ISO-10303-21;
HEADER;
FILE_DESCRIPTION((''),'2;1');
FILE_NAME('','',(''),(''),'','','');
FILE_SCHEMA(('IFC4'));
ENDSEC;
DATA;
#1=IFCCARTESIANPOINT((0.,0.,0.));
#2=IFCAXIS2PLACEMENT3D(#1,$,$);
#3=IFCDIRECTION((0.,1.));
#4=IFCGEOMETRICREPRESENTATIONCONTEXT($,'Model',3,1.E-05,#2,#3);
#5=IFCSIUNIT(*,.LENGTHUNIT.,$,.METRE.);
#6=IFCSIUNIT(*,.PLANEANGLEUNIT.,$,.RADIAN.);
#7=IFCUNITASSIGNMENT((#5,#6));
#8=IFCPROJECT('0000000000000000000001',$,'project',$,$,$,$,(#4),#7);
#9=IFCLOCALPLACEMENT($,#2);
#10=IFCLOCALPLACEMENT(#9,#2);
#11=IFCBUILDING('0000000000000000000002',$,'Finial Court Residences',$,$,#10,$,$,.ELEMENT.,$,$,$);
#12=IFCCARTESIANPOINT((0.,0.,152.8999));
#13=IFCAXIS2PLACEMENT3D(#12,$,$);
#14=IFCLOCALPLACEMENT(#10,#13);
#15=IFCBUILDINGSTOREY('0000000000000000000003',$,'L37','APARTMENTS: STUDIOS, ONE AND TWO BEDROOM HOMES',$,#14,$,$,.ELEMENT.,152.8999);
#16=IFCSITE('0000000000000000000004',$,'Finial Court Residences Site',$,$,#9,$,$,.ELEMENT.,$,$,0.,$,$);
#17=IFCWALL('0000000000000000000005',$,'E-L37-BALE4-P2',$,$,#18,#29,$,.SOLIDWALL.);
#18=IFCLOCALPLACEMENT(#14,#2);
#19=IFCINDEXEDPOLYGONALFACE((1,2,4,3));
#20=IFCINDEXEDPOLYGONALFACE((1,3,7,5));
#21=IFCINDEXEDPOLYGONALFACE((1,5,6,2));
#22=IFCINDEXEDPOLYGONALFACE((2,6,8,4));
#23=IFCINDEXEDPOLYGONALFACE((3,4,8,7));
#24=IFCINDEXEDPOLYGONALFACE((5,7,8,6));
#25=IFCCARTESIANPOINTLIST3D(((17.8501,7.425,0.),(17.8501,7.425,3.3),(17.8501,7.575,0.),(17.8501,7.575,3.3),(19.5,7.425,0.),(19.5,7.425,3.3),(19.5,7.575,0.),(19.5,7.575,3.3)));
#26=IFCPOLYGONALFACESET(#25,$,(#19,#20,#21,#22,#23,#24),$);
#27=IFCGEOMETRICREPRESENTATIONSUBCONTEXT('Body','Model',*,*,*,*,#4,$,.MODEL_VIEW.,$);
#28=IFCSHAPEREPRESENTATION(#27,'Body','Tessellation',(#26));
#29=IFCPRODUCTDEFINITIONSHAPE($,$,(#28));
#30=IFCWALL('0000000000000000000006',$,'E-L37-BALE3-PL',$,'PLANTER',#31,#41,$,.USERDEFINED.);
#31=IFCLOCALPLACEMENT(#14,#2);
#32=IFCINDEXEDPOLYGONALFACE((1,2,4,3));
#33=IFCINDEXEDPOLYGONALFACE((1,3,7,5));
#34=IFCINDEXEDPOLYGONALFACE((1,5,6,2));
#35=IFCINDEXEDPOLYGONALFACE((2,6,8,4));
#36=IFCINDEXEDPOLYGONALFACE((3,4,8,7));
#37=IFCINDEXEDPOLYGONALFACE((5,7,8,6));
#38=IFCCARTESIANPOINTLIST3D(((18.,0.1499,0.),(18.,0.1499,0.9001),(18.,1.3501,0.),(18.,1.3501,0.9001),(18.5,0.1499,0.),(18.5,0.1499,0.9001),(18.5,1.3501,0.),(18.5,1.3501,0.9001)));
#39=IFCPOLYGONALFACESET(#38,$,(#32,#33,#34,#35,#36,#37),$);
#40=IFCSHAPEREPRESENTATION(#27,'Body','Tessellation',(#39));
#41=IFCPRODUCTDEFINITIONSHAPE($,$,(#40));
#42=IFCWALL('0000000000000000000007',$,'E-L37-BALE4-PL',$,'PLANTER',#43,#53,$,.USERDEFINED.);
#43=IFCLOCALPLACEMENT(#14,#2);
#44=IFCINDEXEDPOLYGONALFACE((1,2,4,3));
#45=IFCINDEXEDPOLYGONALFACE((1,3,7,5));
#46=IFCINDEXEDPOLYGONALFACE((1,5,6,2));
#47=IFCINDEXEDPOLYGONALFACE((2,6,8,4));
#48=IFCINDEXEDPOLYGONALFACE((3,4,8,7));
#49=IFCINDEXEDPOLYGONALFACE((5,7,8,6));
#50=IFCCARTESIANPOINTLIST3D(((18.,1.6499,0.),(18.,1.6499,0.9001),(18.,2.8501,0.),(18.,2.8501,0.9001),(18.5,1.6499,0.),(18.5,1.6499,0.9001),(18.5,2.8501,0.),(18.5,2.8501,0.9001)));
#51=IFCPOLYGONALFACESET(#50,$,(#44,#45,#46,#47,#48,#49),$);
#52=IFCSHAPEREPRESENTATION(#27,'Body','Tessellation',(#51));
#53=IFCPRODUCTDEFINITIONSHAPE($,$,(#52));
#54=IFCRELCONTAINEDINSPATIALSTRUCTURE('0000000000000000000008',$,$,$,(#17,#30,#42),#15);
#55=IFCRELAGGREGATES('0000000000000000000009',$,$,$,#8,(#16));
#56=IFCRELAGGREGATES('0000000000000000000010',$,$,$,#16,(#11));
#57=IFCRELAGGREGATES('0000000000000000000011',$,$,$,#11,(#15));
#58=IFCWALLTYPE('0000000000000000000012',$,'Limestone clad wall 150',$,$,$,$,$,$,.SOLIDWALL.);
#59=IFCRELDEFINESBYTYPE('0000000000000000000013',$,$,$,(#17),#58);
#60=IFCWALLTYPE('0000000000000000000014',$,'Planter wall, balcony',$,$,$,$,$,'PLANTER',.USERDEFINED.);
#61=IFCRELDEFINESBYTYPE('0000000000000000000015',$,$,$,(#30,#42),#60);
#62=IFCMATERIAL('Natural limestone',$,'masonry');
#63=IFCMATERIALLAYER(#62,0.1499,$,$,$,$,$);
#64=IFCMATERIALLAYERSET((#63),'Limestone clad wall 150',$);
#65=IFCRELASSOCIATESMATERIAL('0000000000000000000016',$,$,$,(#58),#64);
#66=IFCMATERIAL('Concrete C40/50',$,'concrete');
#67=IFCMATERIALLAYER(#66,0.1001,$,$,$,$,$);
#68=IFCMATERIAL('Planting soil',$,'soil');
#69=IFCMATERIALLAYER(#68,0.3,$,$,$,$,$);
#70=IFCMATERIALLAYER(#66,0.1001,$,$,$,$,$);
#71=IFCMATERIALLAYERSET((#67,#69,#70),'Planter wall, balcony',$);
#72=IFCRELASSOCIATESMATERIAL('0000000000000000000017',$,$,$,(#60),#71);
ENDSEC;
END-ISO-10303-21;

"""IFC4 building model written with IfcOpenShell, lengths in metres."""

from ifc_helpers import new_model, si_unit, direction, frame, frame_2d, origin, place, context, subcontext, project, spatial, rectangle, extrude, material, layer, layer_set, type_object, element, save


model = new_model("IFC4")

# Units and contexts
model_context = context("Model", 3, precision=1e-05, world=origin(), true_north=direction((0.0, 1.0)))
body_context = subcontext(model_context, "Body", "Model", "MODEL_VIEW")
ifc_project = project(units=[si_unit("LENGTHUNIT", "METRE"), si_unit("PLANEANGLEUNIT", "RADIAN")], contexts=[model_context])

# Site, building, storey
site_placement = place(None, origin())
site = spatial("IfcSite", under=ifc_project, at=site_placement, Name="Finial Court Residences Site", CompositionType="ELEMENT", RefElevation=0.0)
building_placement = place(site_placement, origin())
building = spatial("IfcBuilding", under=site, at=building_placement, Name="Finial Court Residences", CompositionType="ELEMENT")
storey_placement = place(building_placement, frame((0.0, 0.0, 152.8999)))
storey = spatial("IfcBuildingStorey", under=building, at=storey_placement, Name="L37", Description="APARTMENTS: STUDIOS, ONE AND TWO BEDROOM HOMES", CompositionType="ELEMENT", Elevation=152.8999)

# Shared definitions
ifc_material_1 = material(Name="Natural limestone", Category="masonry")
ifc_layer_1 = layer(ifc_material_1, 0.1499)
ifc_layer_set_1 = layer_set([ifc_layer_1], Name="Limestone clad wall 150")
wall_type_1 = type_object("IfcWallType", Name="Limestone clad wall 150", PredefinedType="SOLIDWALL", material=ifc_layer_set_1)

# Wall
wall_1_placement = place(storey_placement, frame((17.8501, 7.5, 0.0), z_axis=(0.0, 0.0, 1.0), x_axis=(1.0, 0.0, 0.0)))
element("IfcWall", 1, at=wall_1_placement, inside=storey, type_object=wall_type_1, Name="E-L37-BALE4-P2", PredefinedType="SOLIDWALL", context=body_context, shape_type="SweptSolid", body=[
    extrude(rectangle(XDim=1.6499, YDim=0.1499, at=frame_2d((0.825, 0.0))), origin(), (0.0, 0.0, 1.0), 3.3),
])

# Walls
ifc_material_2 = material(Name="Concrete C40/50", Category="concrete")
ifc_layer_2 = layer(ifc_material_2, 0.1001)
ifc_material_3 = material(Name="Planting soil", Category="soil")
ifc_layer_3 = layer(ifc_material_3, 0.3)
ifc_layer_4 = layer(ifc_material_2, 0.1001)
ifc_layer_set_2 = layer_set([ifc_layer_2, ifc_layer_3, ifc_layer_4], Name="Planter wall, balcony")
wall_type_2 = type_object("IfcWallType", Name="Planter wall, balcony", ElementType="PLANTER", PredefinedType="USERDEFINED", material=ifc_layer_set_2)
for number, where, z_axis, x_axis, name in (
    (2, (18.25, 0.1499, 0.0), (0.0, 0.0, 1.0), (0.0, 1.0, 0.0), "E-L37-BALE3-PL"),
    (3, (18.25, 1.6499, 0.0), (0.0, 0.0, 1.0), (0.0, 1.0, 0.0), "E-L37-BALE4-PL"),
):
    element("IfcWall", number, at=place(storey_placement, frame(where, z_axis=z_axis, x_axis=x_axis)), inside=storey, type_object=wall_type_2, Name=name, ObjectType="PLANTER", PredefinedType="USERDEFINED", context=body_context, shape_type="SweptSolid", body=[
        extrude(rectangle(XDim=1.2002, YDim=0.5, at=frame_2d((0.6001, 0.0))), origin(), (0.0, 0.0, 1.0), 0.9001),
    ])

save(model, "model.ifc")
